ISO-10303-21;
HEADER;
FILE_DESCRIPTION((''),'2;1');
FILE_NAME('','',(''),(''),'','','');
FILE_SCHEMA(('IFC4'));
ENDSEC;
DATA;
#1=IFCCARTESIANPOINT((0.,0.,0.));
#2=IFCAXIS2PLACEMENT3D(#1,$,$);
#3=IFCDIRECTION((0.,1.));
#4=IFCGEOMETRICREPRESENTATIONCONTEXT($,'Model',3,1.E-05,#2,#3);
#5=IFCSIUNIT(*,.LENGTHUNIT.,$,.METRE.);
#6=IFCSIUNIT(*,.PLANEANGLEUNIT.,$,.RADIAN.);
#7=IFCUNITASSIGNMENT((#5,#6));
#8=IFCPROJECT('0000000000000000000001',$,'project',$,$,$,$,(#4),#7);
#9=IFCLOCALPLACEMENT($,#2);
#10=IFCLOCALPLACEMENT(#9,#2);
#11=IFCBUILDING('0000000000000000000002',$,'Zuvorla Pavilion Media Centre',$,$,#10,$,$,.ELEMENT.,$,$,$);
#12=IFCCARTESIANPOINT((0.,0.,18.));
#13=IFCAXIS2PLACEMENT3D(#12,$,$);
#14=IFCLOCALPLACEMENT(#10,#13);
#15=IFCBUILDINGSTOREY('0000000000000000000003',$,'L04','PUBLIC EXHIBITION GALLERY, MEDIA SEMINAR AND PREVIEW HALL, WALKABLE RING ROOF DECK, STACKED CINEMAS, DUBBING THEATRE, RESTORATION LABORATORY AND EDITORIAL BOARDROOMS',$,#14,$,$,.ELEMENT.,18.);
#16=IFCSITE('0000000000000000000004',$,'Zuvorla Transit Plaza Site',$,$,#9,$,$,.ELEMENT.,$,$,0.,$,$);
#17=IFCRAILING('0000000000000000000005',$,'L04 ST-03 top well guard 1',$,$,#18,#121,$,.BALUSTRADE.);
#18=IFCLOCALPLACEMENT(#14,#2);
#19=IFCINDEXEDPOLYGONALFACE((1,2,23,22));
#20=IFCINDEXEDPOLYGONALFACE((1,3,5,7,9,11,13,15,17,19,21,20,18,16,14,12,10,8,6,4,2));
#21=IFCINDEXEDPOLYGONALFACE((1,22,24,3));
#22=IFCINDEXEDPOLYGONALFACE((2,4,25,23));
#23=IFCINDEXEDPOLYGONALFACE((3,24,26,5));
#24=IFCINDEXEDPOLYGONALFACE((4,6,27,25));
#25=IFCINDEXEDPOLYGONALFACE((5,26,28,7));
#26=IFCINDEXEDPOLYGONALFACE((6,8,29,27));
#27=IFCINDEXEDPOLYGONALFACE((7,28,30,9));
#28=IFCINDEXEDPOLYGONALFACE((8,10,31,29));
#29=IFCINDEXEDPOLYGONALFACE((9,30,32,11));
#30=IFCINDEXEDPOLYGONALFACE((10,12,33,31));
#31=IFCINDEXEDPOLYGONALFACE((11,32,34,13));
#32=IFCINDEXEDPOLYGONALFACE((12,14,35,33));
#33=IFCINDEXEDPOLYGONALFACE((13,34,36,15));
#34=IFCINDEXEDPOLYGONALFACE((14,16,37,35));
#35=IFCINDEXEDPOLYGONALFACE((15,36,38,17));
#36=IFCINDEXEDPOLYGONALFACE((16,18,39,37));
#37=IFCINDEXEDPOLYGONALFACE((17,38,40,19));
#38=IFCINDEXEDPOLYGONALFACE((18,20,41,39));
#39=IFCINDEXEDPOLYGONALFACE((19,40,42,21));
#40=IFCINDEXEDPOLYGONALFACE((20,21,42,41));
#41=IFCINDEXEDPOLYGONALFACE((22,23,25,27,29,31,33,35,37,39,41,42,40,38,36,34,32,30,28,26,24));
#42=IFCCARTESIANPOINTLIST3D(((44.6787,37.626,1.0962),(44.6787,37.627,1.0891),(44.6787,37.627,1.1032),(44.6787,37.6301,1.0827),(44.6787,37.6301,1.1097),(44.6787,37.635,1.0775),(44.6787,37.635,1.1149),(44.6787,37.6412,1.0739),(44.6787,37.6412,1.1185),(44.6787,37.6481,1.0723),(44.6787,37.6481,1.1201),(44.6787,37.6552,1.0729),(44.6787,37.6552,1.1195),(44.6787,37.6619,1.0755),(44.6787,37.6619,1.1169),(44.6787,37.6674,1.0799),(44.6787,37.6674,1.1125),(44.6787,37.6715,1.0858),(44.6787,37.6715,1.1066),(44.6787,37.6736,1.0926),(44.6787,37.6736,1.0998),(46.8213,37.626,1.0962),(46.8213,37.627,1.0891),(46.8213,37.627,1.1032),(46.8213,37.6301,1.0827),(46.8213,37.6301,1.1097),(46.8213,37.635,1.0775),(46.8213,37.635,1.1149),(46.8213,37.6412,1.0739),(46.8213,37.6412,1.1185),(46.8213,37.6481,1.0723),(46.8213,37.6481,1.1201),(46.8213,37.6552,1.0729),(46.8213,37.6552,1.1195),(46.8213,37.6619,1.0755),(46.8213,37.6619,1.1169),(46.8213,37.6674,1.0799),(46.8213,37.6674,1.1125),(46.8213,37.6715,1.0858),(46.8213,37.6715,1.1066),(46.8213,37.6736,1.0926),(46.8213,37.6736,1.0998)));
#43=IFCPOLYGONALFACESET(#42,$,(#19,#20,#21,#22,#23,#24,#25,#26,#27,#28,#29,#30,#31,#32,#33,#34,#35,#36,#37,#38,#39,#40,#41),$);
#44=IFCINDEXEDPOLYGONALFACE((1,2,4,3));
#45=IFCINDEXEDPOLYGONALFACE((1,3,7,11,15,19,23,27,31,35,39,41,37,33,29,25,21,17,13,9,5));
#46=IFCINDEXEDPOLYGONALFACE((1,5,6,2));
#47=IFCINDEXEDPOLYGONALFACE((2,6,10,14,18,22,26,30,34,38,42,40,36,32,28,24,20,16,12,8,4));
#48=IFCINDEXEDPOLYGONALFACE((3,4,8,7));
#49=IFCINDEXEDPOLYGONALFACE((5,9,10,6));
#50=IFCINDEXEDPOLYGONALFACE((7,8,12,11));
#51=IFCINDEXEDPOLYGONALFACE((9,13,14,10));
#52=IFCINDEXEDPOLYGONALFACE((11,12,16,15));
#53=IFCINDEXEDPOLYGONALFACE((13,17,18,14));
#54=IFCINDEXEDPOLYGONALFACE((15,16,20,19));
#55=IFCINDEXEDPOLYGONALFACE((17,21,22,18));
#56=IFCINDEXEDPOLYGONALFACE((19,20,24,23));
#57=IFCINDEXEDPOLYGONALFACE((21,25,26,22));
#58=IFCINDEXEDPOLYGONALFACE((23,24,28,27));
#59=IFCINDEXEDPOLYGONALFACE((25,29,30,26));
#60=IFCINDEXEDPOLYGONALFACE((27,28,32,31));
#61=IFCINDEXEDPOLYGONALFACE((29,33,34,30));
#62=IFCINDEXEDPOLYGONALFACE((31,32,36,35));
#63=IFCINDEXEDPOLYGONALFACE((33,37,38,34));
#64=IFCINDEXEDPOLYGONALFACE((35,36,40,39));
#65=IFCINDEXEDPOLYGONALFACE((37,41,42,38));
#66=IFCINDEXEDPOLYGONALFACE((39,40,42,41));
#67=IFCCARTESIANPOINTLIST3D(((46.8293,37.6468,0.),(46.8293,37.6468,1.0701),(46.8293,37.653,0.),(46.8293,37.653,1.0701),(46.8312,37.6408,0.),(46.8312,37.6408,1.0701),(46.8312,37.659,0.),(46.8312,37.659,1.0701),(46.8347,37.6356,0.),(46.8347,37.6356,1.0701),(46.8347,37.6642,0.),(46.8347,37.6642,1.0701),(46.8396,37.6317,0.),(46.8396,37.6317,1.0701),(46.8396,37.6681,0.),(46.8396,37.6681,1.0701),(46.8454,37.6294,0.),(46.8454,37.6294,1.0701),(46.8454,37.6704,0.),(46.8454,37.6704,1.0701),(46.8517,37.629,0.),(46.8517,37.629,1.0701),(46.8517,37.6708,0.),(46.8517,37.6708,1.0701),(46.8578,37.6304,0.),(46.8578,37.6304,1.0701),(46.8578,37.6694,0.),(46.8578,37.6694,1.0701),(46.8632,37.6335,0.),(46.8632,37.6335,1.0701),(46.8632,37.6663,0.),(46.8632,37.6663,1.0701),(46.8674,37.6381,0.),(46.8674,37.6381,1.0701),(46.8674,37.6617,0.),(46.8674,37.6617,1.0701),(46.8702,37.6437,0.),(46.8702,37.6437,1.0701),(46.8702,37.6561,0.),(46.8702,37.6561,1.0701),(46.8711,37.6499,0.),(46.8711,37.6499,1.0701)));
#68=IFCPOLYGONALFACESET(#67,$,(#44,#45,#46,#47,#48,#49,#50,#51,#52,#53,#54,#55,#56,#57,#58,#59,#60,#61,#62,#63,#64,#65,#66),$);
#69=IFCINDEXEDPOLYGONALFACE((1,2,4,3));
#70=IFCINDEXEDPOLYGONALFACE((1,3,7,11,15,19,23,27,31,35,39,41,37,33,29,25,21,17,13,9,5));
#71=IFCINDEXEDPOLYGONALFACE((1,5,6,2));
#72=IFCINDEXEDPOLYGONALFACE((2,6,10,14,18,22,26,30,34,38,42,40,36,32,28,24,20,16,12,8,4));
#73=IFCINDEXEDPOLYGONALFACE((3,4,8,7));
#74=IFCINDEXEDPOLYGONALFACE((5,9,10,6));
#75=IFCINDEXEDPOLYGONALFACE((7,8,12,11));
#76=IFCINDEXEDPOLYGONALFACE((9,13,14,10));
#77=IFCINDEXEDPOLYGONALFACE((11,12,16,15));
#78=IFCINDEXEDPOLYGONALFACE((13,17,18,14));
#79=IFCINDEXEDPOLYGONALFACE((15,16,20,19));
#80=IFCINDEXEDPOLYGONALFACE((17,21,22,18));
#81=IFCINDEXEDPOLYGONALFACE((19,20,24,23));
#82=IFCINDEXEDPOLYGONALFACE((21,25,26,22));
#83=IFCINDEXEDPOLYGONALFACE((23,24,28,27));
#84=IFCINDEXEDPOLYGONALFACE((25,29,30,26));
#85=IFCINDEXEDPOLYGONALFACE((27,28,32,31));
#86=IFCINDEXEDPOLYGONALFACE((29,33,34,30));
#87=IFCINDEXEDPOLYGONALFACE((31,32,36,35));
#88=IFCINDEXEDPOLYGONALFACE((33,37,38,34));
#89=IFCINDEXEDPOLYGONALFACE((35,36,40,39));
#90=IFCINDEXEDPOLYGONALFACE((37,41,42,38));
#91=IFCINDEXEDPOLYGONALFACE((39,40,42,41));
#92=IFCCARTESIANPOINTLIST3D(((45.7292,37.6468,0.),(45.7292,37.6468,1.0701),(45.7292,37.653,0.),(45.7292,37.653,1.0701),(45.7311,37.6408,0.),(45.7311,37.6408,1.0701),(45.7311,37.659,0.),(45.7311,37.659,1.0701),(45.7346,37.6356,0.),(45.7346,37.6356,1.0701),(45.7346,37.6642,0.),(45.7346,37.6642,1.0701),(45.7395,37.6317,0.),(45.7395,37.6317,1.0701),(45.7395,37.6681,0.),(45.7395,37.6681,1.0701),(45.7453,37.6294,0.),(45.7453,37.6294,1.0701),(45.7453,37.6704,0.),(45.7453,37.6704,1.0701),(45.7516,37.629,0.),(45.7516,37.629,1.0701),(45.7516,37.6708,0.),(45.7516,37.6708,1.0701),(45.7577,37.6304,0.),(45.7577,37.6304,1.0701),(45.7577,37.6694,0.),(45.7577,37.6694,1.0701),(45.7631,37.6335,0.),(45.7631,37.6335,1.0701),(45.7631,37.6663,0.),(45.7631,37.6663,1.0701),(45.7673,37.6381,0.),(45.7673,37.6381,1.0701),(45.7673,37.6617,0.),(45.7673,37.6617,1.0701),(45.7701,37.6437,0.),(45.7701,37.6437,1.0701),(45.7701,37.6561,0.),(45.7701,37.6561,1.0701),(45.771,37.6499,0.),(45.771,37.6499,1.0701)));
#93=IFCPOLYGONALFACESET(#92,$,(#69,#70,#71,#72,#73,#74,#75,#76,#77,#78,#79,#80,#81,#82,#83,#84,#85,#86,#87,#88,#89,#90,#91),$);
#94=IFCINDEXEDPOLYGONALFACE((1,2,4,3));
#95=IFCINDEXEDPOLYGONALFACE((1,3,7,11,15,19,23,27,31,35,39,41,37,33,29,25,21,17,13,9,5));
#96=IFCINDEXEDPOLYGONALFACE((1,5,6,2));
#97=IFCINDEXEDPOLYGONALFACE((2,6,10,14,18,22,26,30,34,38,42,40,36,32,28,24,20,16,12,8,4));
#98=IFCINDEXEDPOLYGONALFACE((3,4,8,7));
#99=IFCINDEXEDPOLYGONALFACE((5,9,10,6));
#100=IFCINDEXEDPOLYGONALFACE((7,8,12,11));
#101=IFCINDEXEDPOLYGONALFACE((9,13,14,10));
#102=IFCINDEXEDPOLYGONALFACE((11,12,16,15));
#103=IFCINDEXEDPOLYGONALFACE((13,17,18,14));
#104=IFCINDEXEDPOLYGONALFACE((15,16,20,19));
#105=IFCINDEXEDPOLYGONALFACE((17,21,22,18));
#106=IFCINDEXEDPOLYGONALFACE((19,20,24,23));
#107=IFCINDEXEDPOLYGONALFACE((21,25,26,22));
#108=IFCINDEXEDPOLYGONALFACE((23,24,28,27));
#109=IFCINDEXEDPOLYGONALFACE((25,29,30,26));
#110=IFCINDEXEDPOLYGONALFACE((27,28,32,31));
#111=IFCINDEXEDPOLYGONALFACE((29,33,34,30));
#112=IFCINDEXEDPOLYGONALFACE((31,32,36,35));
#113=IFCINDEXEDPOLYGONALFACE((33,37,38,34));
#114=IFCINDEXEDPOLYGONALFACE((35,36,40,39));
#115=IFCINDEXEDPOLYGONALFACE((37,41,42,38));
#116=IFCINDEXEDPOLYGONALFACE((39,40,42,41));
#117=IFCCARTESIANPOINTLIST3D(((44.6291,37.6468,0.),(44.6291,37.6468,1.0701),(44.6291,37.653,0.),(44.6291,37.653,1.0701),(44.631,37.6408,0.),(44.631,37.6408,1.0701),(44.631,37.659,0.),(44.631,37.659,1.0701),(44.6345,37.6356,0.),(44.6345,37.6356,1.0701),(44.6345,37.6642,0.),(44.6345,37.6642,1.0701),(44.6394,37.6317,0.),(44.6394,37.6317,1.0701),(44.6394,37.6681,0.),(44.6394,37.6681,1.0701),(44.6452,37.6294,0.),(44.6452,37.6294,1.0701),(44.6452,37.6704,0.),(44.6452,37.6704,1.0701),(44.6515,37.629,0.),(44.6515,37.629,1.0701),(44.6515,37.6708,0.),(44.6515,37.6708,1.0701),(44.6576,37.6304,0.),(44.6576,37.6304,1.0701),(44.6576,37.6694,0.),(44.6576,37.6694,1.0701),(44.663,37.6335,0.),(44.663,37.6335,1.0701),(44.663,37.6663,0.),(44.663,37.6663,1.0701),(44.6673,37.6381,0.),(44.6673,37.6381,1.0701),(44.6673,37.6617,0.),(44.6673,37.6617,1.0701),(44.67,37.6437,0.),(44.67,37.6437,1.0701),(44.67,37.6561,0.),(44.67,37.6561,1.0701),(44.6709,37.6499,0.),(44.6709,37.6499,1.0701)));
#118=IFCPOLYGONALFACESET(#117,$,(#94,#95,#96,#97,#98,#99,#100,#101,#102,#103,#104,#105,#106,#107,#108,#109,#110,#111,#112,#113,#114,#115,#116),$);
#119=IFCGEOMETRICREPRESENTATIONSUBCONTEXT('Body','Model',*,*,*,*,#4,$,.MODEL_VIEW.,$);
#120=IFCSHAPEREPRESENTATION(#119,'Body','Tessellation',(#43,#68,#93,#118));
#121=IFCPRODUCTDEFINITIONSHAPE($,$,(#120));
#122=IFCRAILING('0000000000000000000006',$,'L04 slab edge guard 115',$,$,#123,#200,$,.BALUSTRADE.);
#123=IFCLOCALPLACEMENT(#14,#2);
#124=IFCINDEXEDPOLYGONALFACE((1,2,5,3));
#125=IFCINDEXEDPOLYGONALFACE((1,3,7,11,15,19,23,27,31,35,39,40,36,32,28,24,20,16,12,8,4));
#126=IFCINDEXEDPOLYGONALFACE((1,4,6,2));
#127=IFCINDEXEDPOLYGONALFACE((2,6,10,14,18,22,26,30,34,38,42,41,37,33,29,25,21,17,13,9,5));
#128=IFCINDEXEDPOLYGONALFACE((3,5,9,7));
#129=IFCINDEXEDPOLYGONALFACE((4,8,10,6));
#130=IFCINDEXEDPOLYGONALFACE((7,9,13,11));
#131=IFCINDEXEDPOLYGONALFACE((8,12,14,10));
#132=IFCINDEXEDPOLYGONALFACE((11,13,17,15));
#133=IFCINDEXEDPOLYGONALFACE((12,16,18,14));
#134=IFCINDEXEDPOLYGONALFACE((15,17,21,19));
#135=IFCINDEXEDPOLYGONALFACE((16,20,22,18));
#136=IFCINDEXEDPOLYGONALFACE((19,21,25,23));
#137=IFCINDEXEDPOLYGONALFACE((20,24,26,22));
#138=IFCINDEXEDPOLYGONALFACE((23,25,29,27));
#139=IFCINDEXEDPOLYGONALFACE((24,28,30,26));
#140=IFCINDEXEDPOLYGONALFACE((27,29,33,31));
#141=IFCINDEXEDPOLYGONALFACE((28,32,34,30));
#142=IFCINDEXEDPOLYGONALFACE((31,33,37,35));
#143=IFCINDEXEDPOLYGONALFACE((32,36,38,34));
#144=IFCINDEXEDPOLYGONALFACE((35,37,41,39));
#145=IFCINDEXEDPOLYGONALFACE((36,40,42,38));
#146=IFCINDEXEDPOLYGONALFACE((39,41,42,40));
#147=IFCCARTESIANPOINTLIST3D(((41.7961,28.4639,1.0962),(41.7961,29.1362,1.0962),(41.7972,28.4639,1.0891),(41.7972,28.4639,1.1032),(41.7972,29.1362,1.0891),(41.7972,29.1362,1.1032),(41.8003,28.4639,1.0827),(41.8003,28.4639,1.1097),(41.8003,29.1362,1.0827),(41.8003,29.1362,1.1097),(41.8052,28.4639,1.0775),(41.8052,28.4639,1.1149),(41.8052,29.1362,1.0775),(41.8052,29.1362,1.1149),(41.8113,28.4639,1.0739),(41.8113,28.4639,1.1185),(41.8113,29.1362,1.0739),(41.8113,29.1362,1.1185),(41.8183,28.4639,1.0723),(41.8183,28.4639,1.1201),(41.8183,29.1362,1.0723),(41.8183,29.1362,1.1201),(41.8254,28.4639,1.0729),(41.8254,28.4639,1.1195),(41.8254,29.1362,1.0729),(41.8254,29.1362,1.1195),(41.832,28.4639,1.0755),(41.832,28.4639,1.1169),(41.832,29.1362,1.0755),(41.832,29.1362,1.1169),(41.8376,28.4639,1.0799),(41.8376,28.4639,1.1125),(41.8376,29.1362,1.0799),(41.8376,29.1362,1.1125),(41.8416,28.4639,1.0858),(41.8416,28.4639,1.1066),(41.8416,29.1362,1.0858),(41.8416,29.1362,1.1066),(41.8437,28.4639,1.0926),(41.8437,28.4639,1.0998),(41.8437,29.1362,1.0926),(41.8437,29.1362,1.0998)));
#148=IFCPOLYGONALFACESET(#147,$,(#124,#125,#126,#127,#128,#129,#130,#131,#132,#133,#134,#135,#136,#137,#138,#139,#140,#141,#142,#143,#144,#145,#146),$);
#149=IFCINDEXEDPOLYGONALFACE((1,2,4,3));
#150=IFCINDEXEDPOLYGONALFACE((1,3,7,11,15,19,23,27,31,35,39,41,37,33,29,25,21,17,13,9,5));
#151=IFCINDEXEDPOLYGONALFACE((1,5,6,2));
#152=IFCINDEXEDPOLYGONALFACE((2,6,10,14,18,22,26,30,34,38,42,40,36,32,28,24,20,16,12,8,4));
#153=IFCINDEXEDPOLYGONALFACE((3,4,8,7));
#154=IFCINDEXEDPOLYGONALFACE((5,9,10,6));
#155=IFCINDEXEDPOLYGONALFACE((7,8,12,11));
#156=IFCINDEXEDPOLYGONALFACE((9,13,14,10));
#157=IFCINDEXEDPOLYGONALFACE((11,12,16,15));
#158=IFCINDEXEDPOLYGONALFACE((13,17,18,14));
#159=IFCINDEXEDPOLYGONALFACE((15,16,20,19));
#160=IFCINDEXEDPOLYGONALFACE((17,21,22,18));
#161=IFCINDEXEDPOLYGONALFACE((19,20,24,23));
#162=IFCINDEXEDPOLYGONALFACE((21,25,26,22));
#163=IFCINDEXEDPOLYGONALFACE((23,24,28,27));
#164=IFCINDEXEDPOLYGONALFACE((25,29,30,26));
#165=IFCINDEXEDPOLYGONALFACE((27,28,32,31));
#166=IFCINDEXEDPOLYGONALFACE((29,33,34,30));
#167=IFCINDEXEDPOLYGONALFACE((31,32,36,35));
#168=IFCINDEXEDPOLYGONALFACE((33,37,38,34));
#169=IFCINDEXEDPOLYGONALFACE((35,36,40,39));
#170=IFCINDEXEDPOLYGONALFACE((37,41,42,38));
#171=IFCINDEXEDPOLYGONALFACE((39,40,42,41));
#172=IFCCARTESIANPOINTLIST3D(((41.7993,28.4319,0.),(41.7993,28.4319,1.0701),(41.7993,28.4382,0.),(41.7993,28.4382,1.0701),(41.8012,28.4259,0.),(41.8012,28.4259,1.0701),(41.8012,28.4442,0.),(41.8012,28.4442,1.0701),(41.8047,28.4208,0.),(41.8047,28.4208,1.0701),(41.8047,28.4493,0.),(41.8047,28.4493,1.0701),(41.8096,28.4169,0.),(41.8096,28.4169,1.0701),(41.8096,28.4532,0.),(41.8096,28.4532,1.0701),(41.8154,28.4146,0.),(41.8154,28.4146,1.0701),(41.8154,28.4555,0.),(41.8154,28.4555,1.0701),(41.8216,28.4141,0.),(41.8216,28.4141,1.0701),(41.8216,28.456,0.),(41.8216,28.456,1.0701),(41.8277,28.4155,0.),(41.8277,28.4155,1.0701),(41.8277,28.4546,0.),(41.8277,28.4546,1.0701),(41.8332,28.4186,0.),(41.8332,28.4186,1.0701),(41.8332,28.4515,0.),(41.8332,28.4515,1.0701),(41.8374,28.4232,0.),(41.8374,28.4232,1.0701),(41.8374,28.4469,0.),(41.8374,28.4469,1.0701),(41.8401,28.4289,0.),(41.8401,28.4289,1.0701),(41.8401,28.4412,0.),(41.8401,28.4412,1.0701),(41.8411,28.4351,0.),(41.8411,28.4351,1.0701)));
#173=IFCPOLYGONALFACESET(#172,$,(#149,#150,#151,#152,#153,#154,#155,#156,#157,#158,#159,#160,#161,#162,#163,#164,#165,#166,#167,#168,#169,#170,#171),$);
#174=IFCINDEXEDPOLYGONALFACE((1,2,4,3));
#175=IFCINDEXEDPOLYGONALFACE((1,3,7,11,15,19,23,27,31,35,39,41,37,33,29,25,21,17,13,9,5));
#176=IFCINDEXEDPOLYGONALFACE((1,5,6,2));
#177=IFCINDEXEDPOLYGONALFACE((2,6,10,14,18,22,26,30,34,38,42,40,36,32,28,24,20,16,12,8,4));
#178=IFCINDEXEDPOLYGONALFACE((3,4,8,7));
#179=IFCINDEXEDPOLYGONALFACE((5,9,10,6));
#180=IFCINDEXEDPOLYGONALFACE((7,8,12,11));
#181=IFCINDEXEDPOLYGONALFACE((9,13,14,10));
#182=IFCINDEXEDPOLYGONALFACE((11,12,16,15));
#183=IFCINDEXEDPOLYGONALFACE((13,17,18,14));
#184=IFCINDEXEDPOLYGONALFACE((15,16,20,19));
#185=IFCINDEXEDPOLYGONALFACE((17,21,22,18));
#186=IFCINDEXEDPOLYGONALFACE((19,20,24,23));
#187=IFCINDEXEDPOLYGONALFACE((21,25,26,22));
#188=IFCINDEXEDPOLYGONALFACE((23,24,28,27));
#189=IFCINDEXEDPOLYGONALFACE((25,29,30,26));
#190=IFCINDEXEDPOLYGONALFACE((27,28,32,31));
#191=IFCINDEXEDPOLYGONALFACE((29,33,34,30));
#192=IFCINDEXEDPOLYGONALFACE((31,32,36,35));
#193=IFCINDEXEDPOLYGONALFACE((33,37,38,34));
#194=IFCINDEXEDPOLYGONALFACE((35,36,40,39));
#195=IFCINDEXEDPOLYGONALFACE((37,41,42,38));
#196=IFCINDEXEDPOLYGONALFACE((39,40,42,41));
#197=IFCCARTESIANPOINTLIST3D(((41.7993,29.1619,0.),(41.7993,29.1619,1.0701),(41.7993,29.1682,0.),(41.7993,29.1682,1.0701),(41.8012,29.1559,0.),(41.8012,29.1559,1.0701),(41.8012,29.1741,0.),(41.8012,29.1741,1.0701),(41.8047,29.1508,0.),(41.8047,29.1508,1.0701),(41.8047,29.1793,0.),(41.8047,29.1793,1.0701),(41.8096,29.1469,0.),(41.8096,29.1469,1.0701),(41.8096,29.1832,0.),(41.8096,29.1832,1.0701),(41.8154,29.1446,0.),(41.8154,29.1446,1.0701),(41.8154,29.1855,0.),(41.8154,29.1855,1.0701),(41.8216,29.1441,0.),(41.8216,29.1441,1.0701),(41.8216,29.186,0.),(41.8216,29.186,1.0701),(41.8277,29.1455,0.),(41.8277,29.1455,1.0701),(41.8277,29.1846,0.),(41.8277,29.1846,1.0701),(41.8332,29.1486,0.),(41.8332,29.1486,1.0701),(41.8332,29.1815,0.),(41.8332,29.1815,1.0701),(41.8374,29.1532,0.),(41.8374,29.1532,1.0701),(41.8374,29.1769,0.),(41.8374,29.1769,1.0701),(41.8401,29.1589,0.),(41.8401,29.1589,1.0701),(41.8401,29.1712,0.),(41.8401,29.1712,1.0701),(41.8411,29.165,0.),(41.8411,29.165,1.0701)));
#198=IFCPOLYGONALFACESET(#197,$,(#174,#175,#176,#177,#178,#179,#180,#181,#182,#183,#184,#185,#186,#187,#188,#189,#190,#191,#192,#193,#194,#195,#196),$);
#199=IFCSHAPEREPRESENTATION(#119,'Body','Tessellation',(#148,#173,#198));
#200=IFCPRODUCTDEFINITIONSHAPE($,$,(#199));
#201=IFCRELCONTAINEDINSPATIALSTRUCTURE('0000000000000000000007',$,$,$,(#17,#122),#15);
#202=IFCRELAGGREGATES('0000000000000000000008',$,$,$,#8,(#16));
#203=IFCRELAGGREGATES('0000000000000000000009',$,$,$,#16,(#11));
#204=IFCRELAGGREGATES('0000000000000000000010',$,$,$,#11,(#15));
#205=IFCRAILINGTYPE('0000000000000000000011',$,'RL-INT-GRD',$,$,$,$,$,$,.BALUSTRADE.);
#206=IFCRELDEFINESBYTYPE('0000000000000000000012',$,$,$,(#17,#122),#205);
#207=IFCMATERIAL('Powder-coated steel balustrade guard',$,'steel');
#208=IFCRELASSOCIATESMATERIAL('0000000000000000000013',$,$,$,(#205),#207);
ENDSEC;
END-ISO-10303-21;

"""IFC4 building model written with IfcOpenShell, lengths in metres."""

from ifc_helpers import new_model, si_unit, direction, frame, origin, origin_2d, place, context, subcontext, project, spatial, circle, extrude, material, type_object, element, save


model = new_model("IFC4")

# Units and contexts
model_context = context("Model", 3, precision=1e-05, world=origin(), true_north=direction((0.0, 1.0)))
body_context = subcontext(model_context, "Body", "Model", "MODEL_VIEW")
ifc_project = project(units=[si_unit("LENGTHUNIT", "METRE"), si_unit("PLANEANGLEUNIT", "RADIAN")], contexts=[model_context])

# Site, building, storey
site_placement = place(None, origin())
site = spatial("IfcSite", under=ifc_project, at=site_placement, Name="Zuvorla Transit Plaza Site", CompositionType="ELEMENT", RefElevation=0.0)
building_placement = place(site_placement, origin())
building = spatial("IfcBuilding", under=site, at=building_placement, Name="Zuvorla Pavilion Media Centre", CompositionType="ELEMENT")
storey_placement = place(building_placement, frame((0.0, 0.0, 18.0)))
storey = spatial("IfcBuildingStorey", under=building, at=storey_placement, Name="L04", Description="PUBLIC EXHIBITION GALLERY, MEDIA SEMINAR AND PREVIEW HALL, WALKABLE RING ROOF DECK, STACKED CINEMAS, DUBBING THEATRE, RESTORATION LABORATORY AND EDITORIAL BOARDROOMS", CompositionType="ELEMENT", Elevation=18.0)

# Railings
ifc_material_1 = material(Name="Powder-coated steel balustrade guard", Category="steel")
railing_type = type_object("IfcRailingType", Name="RL-INT-GRD", PredefinedType="BALUSTRADE", material=ifc_material_1)
railing_placement = place(storey_placement, frame((46.8501, 37.6499, 0.0)))
element("IfcRailing", 1, at=railing_placement, inside=storey, type_object=railing_type, Name="L04 ST-03 top well guard 1", PredefinedType="BALUSTRADE", context=body_context, shape_type="SweptSolid", body=[
    extrude(circle(Radius=0.0239, at=origin_2d()), frame((-0.0288, 0.0, 1.0962), z_axis=(-1.0, 0.0, 0.0), x_axis=(0.0, -1.0, 0.0)), (0.0, 0.0, 1.0), 2.1426),
    extrude(circle(Radius=0.021, at=origin_2d()), origin(), (0.0, 0.0, 1.0), 1.0701),
    extrude(circle(Radius=0.021, at=origin_2d()), frame((-1.1001, 0.0, 0.0)), (0.0, 0.0, 1.0), 1.0701),
    extrude(circle(Radius=0.021, at=origin_2d()), frame((-2.2002, 0.0, 0.0)), (0.0, 0.0, 1.0), 1.0701),
])
for number, where, name in (
    (2, (41.8201, 28.4351, 0.0), "L04 slab edge guard 115"),
):
    element("IfcRailing", number, at=place(storey_placement, frame(where)), inside=storey, type_object=railing_type, Name=name, PredefinedType="BALUSTRADE", context=body_context, shape_type="SweptSolid", body=[
        extrude(circle(Radius=0.0239, at=origin_2d()), frame((0.0, 0.0288, 1.0962), z_axis=(0.0, 1.0, 0.0), x_axis=(-1.0, 0.0, 0.0)), (0.0, 0.0, 1.0), 0.6724),
        extrude(circle(Radius=0.021, at=origin_2d()), origin(), (0.0, 0.0, 1.0), 1.0701),
        extrude(circle(Radius=0.021, at=origin_2d()), frame((0.0, 0.73, 0.0)), (0.0, 0.0, 1.0), 1.0701),
    ])

save(model, "model.ifc")
